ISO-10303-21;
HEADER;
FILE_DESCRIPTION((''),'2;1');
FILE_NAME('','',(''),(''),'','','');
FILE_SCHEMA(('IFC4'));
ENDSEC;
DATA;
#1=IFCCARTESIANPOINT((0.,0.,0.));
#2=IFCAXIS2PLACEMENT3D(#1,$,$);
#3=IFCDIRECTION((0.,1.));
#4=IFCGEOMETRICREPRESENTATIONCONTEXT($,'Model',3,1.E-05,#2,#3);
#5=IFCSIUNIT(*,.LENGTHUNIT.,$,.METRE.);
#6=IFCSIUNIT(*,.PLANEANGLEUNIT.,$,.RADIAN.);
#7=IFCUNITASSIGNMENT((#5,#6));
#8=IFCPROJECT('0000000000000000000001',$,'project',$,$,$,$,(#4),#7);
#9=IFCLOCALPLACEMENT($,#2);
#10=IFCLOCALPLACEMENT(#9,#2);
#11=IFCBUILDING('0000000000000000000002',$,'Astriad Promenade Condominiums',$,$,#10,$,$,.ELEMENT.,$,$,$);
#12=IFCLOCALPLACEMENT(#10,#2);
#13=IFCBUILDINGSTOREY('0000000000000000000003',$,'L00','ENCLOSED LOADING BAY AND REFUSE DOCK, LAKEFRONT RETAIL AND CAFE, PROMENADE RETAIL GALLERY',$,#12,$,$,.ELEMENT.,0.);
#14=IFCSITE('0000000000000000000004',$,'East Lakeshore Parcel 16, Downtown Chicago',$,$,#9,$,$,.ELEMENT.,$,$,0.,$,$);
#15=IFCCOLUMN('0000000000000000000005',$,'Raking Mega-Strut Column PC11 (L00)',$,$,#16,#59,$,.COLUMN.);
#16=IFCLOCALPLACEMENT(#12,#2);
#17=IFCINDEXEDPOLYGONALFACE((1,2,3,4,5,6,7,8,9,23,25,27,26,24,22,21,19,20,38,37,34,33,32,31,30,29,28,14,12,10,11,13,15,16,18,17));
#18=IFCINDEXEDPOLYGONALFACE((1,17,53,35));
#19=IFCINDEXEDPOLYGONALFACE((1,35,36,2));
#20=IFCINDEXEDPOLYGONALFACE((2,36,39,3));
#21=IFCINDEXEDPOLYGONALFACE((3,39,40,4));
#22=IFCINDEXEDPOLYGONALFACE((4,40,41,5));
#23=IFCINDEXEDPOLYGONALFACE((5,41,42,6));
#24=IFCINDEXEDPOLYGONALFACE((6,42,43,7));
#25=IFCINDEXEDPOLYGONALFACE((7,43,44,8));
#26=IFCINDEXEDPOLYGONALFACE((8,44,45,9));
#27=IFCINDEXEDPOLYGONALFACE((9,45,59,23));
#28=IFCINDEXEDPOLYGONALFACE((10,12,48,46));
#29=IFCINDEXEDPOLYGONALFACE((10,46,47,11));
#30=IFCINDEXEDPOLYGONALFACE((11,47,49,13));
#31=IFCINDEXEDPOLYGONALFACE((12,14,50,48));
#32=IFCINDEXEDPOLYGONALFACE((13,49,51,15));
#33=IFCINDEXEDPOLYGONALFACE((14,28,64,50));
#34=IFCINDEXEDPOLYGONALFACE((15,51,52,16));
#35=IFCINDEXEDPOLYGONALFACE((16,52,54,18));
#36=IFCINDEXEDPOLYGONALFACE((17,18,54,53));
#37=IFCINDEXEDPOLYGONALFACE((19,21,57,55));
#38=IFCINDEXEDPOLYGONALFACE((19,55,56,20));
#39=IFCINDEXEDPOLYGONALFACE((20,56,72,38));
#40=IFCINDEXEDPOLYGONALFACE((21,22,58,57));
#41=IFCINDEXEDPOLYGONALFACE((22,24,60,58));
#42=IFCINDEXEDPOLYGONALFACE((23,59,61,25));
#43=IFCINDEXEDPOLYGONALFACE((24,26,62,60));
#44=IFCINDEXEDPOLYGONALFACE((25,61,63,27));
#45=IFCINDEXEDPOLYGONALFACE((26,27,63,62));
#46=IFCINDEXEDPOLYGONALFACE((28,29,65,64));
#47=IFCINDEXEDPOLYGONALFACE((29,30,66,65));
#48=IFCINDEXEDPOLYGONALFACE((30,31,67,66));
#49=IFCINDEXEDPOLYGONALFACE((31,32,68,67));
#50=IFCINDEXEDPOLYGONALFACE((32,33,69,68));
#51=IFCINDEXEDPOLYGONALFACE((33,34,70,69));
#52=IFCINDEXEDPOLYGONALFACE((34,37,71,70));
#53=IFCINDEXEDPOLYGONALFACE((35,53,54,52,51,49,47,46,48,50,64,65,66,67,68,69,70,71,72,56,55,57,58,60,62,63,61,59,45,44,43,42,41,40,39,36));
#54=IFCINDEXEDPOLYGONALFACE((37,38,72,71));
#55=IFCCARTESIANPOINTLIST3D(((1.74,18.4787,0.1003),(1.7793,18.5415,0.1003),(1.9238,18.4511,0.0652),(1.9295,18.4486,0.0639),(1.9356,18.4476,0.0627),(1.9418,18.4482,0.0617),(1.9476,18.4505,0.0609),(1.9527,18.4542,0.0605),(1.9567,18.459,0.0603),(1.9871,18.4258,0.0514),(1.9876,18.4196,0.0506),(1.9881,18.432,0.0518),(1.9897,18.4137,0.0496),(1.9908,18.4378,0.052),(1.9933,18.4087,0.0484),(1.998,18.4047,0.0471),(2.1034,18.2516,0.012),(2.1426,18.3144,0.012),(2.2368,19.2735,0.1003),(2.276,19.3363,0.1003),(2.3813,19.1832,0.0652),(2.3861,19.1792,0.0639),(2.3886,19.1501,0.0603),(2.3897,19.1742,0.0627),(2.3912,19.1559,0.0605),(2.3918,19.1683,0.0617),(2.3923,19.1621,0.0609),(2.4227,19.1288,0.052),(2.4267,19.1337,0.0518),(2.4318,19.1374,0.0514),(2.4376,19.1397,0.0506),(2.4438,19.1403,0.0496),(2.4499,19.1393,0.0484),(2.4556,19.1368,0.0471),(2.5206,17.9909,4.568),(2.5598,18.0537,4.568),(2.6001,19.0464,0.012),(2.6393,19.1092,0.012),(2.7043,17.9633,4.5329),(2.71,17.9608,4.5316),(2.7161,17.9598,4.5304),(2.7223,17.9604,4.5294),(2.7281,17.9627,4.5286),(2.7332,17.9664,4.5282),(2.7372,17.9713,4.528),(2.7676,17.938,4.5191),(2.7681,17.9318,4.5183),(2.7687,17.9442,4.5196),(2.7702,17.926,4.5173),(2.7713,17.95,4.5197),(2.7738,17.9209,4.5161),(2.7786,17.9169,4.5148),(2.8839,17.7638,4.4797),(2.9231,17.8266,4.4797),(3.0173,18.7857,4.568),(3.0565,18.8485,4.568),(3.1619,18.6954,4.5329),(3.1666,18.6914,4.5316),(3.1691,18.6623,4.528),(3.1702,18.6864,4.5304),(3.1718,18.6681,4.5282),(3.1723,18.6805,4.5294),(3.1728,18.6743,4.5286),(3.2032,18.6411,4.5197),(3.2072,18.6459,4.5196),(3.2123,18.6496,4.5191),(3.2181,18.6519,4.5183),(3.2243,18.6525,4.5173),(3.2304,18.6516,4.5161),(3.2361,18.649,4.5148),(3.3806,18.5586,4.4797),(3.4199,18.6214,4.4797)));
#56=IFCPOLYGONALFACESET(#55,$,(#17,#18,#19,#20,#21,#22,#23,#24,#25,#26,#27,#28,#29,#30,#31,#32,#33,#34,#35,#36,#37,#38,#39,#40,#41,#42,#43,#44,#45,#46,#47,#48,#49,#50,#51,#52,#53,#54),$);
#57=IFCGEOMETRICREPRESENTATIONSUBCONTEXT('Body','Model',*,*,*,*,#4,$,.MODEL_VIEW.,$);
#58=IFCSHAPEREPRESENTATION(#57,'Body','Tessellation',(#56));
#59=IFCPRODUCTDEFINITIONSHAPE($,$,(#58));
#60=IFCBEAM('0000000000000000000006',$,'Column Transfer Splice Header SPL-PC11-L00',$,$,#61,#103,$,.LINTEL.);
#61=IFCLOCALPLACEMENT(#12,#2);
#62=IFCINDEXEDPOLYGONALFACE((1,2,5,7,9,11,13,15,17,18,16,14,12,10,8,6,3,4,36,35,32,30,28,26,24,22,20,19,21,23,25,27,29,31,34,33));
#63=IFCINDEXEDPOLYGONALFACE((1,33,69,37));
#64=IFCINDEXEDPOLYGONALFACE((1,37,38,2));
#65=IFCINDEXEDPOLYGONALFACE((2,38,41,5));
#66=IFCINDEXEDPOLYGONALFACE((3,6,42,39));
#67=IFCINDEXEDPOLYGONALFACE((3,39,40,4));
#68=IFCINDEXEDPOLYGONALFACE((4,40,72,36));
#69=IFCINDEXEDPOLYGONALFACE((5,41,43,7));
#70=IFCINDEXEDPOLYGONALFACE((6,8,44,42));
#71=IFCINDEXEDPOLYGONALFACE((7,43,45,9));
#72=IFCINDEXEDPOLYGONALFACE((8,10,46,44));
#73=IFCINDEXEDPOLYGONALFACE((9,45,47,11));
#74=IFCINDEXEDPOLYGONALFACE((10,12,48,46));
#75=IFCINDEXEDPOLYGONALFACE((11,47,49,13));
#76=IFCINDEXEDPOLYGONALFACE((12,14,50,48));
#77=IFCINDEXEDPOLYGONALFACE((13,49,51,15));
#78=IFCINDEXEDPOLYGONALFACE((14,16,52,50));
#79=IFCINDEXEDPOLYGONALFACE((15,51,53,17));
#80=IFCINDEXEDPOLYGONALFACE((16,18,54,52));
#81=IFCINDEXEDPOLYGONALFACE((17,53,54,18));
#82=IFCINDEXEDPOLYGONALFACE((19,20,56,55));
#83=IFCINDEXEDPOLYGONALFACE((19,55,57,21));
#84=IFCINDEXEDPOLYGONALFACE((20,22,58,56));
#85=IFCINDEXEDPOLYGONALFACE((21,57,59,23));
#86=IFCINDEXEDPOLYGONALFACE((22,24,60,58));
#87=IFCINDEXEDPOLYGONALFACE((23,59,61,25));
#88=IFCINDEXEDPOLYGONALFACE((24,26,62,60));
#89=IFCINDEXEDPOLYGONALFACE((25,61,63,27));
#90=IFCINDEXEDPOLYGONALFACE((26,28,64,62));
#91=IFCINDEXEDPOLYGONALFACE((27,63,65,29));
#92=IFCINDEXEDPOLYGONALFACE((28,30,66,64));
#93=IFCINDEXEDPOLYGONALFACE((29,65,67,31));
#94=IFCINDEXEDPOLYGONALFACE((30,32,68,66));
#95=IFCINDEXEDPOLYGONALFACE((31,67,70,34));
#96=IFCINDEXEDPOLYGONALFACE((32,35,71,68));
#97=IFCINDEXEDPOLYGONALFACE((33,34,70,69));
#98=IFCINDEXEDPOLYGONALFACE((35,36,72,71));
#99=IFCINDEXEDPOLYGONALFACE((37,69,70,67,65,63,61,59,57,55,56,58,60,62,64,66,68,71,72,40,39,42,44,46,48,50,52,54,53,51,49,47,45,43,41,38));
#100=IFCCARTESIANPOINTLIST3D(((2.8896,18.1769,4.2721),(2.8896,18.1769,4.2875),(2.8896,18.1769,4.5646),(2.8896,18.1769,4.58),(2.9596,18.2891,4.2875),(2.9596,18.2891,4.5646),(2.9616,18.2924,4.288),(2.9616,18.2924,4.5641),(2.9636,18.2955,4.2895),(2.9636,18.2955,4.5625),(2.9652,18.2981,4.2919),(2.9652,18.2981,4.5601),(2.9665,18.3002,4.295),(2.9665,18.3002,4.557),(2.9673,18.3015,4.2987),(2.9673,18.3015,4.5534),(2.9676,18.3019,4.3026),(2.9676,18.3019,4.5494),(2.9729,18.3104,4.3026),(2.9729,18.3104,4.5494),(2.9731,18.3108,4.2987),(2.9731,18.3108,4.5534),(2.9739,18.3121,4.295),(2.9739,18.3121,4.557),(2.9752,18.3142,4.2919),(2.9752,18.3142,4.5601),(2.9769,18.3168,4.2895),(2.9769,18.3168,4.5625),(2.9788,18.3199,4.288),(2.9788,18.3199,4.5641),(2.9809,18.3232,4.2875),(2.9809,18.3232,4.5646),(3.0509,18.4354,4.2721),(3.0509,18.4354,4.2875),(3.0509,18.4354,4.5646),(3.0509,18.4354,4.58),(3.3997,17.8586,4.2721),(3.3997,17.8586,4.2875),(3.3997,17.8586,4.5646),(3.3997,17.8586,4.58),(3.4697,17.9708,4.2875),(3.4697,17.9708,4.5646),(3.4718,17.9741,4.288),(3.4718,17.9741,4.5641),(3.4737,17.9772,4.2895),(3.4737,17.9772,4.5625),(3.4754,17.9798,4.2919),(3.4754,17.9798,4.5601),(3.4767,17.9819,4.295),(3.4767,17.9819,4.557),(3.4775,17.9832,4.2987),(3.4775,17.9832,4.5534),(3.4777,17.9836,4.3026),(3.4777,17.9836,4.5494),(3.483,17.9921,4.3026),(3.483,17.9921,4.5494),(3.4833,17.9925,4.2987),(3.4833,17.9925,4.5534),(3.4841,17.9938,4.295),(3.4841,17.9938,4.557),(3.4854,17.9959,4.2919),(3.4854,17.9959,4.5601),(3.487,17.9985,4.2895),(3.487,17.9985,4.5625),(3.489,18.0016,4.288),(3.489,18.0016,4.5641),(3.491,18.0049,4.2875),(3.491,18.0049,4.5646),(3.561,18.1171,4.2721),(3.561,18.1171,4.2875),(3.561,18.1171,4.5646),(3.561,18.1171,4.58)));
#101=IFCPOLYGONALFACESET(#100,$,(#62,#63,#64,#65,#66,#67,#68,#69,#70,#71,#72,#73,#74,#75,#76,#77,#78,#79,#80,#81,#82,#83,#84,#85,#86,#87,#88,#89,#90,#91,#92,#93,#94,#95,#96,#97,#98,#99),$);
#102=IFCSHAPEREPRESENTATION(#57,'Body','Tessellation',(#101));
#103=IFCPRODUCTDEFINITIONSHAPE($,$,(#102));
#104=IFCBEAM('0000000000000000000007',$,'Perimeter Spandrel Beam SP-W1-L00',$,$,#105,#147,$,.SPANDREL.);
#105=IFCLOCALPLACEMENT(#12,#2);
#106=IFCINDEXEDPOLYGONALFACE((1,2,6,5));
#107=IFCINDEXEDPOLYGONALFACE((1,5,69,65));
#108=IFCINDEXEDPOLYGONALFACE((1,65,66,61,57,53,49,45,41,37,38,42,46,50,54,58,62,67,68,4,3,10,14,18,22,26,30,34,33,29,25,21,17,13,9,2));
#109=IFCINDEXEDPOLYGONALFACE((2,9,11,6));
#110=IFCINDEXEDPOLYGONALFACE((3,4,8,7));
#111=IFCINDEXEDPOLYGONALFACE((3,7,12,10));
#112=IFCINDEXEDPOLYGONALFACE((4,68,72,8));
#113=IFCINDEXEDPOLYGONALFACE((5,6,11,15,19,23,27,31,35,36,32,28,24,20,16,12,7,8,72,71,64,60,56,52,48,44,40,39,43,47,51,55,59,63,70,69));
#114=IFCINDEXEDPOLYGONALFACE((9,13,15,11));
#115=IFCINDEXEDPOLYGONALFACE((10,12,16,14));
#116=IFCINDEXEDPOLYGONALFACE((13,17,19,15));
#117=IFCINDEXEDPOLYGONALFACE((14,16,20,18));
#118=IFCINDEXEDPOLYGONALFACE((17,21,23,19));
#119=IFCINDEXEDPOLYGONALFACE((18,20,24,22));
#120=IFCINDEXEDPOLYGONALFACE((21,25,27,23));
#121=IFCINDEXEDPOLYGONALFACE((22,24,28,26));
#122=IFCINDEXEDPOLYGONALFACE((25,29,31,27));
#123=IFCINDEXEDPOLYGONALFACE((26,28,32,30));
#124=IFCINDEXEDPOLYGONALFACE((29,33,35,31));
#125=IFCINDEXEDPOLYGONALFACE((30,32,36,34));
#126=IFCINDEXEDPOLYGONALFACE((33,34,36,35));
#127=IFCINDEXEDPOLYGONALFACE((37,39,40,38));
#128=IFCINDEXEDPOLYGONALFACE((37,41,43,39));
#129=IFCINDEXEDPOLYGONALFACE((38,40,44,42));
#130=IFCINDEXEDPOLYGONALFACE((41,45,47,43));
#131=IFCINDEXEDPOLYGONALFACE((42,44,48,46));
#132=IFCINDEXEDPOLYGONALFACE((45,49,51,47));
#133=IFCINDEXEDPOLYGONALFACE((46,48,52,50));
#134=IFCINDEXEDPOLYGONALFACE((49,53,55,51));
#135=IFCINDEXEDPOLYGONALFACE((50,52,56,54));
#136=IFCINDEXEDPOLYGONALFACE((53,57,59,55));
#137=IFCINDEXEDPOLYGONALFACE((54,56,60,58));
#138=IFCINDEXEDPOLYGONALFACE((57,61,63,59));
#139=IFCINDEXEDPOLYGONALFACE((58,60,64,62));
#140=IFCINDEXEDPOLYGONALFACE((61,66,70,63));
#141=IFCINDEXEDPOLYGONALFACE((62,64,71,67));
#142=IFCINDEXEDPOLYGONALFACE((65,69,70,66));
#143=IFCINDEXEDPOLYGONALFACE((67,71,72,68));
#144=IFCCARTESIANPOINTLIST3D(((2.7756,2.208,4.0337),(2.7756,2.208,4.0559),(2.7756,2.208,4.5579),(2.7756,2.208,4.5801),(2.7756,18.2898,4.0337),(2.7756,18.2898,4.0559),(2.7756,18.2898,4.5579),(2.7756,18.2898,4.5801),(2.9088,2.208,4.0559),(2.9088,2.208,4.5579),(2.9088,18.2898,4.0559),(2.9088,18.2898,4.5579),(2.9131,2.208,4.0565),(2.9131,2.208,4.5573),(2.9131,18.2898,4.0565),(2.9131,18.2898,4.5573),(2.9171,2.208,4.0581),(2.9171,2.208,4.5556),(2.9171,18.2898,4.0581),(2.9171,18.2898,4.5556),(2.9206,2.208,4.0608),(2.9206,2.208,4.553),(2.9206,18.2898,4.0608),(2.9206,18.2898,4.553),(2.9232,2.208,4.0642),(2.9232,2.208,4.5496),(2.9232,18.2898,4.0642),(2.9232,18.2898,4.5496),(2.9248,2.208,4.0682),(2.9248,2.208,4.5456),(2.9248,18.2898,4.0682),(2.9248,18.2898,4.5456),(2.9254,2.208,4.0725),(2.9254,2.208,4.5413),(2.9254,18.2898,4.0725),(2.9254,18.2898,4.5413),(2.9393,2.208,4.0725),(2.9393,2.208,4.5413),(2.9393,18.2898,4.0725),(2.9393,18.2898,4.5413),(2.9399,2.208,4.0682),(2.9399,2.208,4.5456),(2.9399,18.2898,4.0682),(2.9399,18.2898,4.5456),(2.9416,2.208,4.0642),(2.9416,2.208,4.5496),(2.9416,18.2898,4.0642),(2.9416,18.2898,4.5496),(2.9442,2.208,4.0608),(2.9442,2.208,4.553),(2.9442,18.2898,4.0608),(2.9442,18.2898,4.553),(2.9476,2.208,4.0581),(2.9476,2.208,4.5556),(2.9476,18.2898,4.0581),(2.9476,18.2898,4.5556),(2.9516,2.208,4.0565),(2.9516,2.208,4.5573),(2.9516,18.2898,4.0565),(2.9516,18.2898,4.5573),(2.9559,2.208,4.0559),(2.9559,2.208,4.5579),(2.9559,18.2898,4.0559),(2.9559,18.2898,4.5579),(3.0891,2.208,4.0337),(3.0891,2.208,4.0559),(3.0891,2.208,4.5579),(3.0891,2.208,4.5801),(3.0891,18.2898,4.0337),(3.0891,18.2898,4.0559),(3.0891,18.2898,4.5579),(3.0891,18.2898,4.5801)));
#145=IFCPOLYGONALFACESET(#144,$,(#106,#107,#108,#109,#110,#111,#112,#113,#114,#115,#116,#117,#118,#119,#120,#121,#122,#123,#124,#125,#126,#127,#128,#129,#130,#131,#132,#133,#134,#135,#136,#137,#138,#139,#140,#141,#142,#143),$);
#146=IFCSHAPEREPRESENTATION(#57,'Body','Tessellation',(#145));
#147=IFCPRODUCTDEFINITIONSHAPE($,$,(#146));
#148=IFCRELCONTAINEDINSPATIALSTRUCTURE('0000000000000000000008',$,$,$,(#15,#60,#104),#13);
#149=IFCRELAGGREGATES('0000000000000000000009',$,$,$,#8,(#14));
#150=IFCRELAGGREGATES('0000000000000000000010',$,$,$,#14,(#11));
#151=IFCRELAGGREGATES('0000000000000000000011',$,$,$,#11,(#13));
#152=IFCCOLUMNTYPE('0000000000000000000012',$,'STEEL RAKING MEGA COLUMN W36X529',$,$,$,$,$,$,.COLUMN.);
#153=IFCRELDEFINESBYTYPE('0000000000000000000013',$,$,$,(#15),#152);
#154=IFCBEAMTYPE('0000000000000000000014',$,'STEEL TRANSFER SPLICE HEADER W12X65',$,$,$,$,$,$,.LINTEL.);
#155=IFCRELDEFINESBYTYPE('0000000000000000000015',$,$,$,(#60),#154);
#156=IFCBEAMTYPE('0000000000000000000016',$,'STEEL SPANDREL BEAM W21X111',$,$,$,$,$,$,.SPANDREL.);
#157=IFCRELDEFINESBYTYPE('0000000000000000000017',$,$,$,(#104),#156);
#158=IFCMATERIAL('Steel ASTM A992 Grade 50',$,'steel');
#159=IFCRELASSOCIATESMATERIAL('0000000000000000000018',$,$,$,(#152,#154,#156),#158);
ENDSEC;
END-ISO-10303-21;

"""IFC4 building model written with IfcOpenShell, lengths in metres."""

from ifc_helpers import new_model, si_unit, direction, frame, origin, origin_2d, place, context, subcontext, project, spatial, i_section, extrude, source, transform, mapped, material, material_profile, profile_set, type_object, type_shapes, element, save


model = new_model("IFC4")

# Units and contexts
model_context = context("Model", 3, precision=1e-05, world=origin(), true_north=direction((0.0, 1.0)))
body_context = subcontext(model_context, "Body", "Model", "MODEL_VIEW")
ifc_project = project(units=[si_unit("LENGTHUNIT", "METRE"), si_unit("PLANEANGLEUNIT", "RADIAN")], contexts=[model_context])

# Site, building, storey
site_placement = place(None, origin())
site = spatial("IfcSite", under=ifc_project, at=site_placement, Name="East Lakeshore Parcel 16, Downtown Chicago", CompositionType="ELEMENT", RefElevation=0.0)
building_placement = place(site_placement, origin())
building = spatial("IfcBuilding", under=site, at=building_placement, Name="Astriad Promenade Condominiums", CompositionType="ELEMENT")
storey_placement = place(building_placement, origin())
storey = spatial("IfcBuildingStorey", under=building, at=storey_placement, Name="L00", Description="ENCLOSED LOADING BAY AND REFUSE DOCK, LAKEFRONT RETAIL AND CAFE, PROMENADE RETAIL GALLERY", CompositionType="ELEMENT", Elevation=0.0)

# Column
ifc_material_1 = material(Name="Steel ASTM A992 Grade 50", Category="steel")
ifc_material_profile_1 = material_profile(ifc_material_1, i_section(OverallWidth=0.4375, OverallDepth=1.0112, WebThickness=0.041, FlangeThickness=0.074, FilletRadius=0.0242, at=origin_2d()), Name="W36X529")
ifc_profile_set_1 = profile_set([ifc_material_profile_1], Name="Steel ASTM A992 Grade 50")
column_type = type_object("IfcColumnType", Name="STEEL RAKING MEGA COLUMN W36X529", PredefinedType="COLUMN", material=ifc_profile_set_1)
shared_shape_1 = source(origin(), body_context, "Body", "SweptSolid", [
    extrude(i_section(OverallWidth=0.4375, OverallDepth=1.0112, WebThickness=0.041, FlangeThickness=0.074, FilletRadius=0.0242, at=origin_2d()), origin(), (0.0, 0.0, 1.0), 4.5615),
])
type_shapes(column_type, [shared_shape_1])
column_placement = place(storey_placement, frame((2.1897, 18.7939, 0.0562), z_axis=(0.171106, -0.106935, 0.979432), x_axis=(-0.830572, 0.519075, 0.201773)))
element("IfcColumn", 1, at=column_placement, inside=storey, type_object=column_type, Name="Raking Mega-Strut Column PC11 (L00)", PredefinedType="COLUMN", context=body_context, shape_type="MappedRepresentation", body=[
    mapped(shared_shape_1, transform((0.0, 0.0, 0.0), scale=1.0)),
])

# Beams
ifc_material_profile_2 = material_profile(ifc_material_1, i_section(OverallWidth=0.3047, OverallDepth=0.3079, WebThickness=0.01, FlangeThickness=0.0154, FilletRadius=0.0151, at=origin_2d()), Name="W12X65")
ifc_profile_set_2 = profile_set([ifc_material_profile_2], Name="Steel ASTM A992 Grade 50")
beam_type_1 = type_object("IfcBeamType", Name="STEEL TRANSFER SPLICE HEADER W12X65", PredefinedType="LINTEL", material=ifc_profile_set_2)
shared_shape_2 = source(origin(), body_context, "Body", "SweptSolid", [
    extrude(i_section(OverallWidth=0.3047, OverallDepth=0.3079, WebThickness=0.01, FlangeThickness=0.0154, FilletRadius=0.0151, at=origin_2d()), origin(), (0.0, 0.0, 1.0), 0.6013),
])
type_shapes(beam_type_1, [shared_shape_2])
beam_1_placement = place(storey_placement, frame((2.9702, 18.3062, 4.426), z_axis=(0.848409, -0.529342, 0.0), x_axis=(0.529342, 0.848409, 0.0)))
element("IfcBeam", 2, at=beam_1_placement, inside=storey, type_object=beam_type_1, Name="Column Transfer Splice Header SPL-PC11-L00", PredefinedType="LINTEL", context=body_context, shape_type="MappedRepresentation", body=[
    mapped(shared_shape_2, transform((0.0, 0.0, 0.0), scale=1.0)),
])
ifc_material_profile_3 = material_profile(ifc_material_1, i_section(OverallWidth=0.3135, OverallDepth=0.5464, WebThickness=0.0139, FlangeThickness=0.0222, FilletRadius=0.0166, at=origin_2d()), Name="W21X111")
ifc_profile_set_3 = profile_set([ifc_material_profile_3], Name="Steel ASTM A992 Grade 50")
beam_type_2 = type_object("IfcBeamType", Name="STEEL SPANDREL BEAM W21X111", PredefinedType="SPANDREL", material=ifc_profile_set_3)
shared_shape_3 = source(origin(), body_context, "Body", "SweptSolid", [
    extrude(i_section(OverallWidth=0.3135, OverallDepth=0.5464, WebThickness=0.0139, FlangeThickness=0.0222, FilletRadius=0.0166, at=origin_2d()), origin(), (0.0, 0.0, 1.0), 16.0818),
])
type_shapes(beam_type_2, [shared_shape_3])
beam_2_placement = place(storey_placement, frame((2.9324, 18.2898, 4.3069), z_axis=(0.0, -1.0, 0.0), x_axis=(1.0, 0.0, 0.0)))
element("IfcBeam", 3, at=beam_2_placement, inside=storey, type_object=beam_type_2, Name="Perimeter Spandrel Beam SP-W1-L00", PredefinedType="SPANDREL", context=body_context, shape_type="MappedRepresentation", body=[
    mapped(shared_shape_3, transform((0.0, 0.0, 0.0), scale=1.0)),
])

save(model, "model.ifc")
